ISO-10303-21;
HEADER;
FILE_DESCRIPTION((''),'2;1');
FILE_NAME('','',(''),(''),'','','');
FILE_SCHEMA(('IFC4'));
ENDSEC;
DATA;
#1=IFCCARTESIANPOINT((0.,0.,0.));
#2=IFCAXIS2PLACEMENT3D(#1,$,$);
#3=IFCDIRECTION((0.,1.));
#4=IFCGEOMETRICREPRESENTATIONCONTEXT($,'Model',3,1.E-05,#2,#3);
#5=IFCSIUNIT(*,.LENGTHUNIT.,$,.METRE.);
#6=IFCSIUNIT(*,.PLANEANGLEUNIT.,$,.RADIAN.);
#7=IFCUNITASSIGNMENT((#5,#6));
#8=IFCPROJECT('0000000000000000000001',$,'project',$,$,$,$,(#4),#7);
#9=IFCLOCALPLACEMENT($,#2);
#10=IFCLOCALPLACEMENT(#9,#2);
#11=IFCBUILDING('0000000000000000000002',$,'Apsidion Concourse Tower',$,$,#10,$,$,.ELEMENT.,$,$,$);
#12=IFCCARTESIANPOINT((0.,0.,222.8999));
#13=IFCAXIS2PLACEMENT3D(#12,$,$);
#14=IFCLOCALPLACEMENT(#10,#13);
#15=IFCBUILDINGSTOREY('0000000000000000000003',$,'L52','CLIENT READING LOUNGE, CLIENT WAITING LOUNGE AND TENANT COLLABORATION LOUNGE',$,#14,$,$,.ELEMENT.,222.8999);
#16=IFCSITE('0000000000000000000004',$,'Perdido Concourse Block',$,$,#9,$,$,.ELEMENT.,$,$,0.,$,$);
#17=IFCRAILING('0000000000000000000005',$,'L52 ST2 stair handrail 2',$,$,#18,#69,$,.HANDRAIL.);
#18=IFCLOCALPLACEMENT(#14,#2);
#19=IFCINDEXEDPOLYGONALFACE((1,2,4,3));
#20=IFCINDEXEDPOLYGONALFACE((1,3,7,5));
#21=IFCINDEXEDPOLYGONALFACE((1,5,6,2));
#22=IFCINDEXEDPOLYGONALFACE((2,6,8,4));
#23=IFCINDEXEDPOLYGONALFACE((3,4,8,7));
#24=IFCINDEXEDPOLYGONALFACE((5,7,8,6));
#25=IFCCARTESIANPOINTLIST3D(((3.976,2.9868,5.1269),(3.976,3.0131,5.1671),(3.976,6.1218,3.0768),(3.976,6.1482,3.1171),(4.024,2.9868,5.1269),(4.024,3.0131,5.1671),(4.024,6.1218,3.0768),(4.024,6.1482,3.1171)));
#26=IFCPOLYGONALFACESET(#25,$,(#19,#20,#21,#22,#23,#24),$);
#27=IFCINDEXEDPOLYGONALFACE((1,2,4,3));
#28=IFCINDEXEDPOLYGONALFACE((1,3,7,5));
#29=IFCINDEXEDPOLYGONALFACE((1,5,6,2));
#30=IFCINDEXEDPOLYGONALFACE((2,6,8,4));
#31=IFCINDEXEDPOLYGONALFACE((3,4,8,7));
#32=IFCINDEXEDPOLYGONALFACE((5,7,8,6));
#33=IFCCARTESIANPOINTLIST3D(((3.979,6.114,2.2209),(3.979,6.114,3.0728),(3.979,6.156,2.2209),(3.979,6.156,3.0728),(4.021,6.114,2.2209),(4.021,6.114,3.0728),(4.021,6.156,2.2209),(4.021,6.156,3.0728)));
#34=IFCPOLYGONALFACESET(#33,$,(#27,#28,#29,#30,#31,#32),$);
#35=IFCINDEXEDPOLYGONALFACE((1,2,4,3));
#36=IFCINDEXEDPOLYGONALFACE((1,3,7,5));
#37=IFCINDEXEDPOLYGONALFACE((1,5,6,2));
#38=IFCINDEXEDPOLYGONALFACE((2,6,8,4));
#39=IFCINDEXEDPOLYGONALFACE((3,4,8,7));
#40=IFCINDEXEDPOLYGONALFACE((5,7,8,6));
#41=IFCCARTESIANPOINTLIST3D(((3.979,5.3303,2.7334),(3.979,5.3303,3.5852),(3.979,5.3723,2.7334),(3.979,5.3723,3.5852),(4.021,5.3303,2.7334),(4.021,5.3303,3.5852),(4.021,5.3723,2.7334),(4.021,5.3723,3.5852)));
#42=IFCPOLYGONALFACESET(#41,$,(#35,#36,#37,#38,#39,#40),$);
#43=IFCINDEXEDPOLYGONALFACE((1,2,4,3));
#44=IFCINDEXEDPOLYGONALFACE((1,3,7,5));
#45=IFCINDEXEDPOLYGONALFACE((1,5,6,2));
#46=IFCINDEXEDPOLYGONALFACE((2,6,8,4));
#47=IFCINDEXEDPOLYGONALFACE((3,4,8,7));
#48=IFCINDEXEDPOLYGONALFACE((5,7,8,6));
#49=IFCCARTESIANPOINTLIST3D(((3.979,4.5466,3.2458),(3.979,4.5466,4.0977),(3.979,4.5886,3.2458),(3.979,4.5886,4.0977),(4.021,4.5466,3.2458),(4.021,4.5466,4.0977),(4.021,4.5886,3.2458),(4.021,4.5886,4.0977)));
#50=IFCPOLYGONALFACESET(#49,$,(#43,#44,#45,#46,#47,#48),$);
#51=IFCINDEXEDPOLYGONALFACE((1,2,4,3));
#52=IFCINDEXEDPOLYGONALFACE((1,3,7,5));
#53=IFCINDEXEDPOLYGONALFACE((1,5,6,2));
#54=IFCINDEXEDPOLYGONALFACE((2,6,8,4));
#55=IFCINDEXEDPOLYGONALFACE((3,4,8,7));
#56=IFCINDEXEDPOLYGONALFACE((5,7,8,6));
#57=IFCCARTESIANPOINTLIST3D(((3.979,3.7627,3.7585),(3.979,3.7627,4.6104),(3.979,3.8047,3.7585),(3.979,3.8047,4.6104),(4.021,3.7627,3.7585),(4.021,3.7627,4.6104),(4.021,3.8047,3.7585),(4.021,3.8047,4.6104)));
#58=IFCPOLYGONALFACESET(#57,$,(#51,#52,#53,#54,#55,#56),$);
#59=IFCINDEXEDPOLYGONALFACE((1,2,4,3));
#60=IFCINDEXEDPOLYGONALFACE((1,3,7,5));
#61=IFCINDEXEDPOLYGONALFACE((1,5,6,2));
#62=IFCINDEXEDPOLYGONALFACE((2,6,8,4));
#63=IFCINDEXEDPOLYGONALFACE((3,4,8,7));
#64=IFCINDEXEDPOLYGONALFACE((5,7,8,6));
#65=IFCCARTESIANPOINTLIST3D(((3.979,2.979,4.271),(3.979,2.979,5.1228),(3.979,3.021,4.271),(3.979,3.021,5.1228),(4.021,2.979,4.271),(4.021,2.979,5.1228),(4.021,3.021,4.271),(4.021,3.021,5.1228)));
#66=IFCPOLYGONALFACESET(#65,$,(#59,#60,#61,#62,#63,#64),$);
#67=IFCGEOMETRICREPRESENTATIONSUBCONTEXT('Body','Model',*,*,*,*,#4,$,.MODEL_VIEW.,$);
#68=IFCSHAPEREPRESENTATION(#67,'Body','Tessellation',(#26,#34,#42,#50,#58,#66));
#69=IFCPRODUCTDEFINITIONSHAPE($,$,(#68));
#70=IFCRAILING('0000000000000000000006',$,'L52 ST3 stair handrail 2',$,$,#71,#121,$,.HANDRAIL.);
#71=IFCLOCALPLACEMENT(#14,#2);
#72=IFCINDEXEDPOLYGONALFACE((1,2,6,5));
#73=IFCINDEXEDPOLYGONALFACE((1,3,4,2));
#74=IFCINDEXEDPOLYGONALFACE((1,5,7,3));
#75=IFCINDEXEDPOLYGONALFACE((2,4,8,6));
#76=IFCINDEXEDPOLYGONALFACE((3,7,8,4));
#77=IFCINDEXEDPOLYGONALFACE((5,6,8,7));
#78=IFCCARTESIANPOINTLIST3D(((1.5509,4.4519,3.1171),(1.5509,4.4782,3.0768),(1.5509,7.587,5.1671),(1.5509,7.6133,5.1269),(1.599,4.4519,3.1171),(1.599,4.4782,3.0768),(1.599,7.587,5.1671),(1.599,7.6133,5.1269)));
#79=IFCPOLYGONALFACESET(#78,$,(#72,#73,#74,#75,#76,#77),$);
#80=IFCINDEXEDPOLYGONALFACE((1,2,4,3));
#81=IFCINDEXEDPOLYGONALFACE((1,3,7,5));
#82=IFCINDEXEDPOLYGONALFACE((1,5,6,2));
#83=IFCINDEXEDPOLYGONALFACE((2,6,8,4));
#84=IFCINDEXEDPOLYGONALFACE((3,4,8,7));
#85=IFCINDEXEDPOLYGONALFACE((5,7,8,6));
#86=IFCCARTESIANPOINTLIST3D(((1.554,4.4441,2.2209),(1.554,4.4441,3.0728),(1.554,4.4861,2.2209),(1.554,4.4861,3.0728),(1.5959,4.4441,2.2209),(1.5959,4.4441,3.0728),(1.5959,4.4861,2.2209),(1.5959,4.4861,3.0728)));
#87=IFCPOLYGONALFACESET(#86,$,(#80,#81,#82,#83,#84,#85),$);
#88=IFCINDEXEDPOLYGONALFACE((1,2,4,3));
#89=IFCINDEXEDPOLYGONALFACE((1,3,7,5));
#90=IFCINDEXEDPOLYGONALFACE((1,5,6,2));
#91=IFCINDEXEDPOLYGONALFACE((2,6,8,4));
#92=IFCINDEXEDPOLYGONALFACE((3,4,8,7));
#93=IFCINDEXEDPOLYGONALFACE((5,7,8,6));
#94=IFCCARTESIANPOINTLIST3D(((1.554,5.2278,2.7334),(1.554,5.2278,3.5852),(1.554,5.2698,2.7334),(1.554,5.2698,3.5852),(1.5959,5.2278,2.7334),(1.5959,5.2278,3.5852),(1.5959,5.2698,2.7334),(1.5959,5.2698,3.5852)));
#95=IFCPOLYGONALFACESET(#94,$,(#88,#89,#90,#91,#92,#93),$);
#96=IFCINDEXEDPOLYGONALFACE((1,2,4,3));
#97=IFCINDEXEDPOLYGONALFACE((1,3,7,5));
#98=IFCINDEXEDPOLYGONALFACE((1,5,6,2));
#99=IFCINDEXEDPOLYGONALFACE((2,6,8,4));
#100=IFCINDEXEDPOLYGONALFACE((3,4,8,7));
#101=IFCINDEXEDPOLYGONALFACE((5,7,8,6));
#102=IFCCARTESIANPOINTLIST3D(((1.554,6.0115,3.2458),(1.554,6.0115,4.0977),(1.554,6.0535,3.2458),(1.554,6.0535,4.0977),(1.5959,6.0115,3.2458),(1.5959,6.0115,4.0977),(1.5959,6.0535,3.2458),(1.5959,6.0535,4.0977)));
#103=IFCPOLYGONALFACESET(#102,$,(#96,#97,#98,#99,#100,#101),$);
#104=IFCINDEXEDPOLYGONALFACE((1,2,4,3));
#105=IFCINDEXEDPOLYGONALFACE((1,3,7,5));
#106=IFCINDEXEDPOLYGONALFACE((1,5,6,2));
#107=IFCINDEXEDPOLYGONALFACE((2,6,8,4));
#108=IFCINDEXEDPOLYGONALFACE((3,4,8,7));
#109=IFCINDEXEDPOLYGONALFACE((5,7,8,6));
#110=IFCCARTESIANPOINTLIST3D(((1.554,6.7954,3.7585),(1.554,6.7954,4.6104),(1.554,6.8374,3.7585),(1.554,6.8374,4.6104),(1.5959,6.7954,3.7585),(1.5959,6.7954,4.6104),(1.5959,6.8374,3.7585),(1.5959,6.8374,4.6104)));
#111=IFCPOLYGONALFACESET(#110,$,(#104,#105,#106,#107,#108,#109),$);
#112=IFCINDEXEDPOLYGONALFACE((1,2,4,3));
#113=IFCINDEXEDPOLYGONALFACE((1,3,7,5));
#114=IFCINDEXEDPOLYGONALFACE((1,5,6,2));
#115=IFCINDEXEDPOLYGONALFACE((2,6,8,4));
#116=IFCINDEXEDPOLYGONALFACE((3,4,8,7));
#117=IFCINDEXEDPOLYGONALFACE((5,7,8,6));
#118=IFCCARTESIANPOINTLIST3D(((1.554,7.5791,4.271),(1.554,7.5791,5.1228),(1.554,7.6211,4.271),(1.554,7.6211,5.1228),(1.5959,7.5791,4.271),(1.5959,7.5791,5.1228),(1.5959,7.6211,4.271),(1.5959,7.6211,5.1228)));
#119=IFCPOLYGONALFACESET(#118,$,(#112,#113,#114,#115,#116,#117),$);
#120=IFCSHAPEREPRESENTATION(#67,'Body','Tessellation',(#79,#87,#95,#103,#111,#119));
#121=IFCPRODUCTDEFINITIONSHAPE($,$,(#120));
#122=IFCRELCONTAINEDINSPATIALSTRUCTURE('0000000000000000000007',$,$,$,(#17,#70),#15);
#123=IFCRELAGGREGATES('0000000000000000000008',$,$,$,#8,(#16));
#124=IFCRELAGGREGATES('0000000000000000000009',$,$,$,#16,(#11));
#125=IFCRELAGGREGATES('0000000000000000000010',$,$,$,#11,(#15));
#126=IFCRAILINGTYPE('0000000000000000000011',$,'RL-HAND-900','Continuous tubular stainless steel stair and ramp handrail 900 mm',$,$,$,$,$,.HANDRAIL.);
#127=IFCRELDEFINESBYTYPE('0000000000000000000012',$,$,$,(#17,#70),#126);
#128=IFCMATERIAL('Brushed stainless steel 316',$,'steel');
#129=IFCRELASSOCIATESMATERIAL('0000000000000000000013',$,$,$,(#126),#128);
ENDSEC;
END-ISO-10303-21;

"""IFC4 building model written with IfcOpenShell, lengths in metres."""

from ifc_helpers import new_model, si_unit, direction, frame, origin, origin_2d, place, context, subcontext, project, spatial, rectangle, extrude, material, type_object, element, save


model = new_model("IFC4")

# Units and contexts
model_context = context("Model", 3, precision=1e-05, world=origin(), true_north=direction((0.0, 1.0)))
body_context = subcontext(model_context, "Body", "Model", "MODEL_VIEW")
ifc_project = project(units=[si_unit("LENGTHUNIT", "METRE"), si_unit("PLANEANGLEUNIT", "RADIAN")], contexts=[model_context])

# Site, building, storey
site_placement = place(None, origin())
site = spatial("IfcSite", under=ifc_project, at=site_placement, Name="Perdido Concourse Block", CompositionType="ELEMENT", RefElevation=0.0)
building_placement = place(site_placement, origin())
building = spatial("IfcBuilding", under=site, at=building_placement, Name="Apsidion Concourse Tower", CompositionType="ELEMENT")
storey_placement = place(building_placement, frame((0.0, 0.0, 222.8999)))
storey = spatial("IfcBuildingStorey", under=building, at=storey_placement, Name="L52", Description="CLIENT READING LOUNGE, CLIENT WAITING LOUNGE AND TENANT COLLABORATION LOUNGE", CompositionType="ELEMENT", Elevation=222.8999)

# Railings
ifc_material_1 = material(Name="Brushed stainless steel 316", Category="steel")
railing_type_1 = type_object("IfcRailingType", Name="RL-HAND-900", Description="Continuous tubular stainless steel stair and ramp handrail 900 mm", PredefinedType="HANDRAIL", material=ifc_material_1)
railing_1_placement = place(storey_placement, frame((4.0, 6.135, 2.2209)))
element("IfcRailing", 1, at=railing_1_placement, inside=storey, type_object=railing_type_1, Name="L52 ST2 stair handrail 2", PredefinedType="HANDRAIL", context=body_context, shape_type="SweptSolid", body=[
    extrude(rectangle(XDim=0.0481, YDim=0.0481, at=origin_2d()), frame((0.0, 0.0, 0.876), z_axis=(0.0, -0.836941, 0.547293), x_axis=(1.0, 0.0, 0.0)), (0.0, 0.0, 1.0), 3.7458),
    extrude(rectangle(XDim=0.042, YDim=0.042, at=origin_2d()), origin(), (0.0, 0.0, 1.0), 0.8518),
    extrude(rectangle(XDim=0.042, YDim=0.042, at=origin_2d()), frame((0.0, -0.7837, 0.5125)), (0.0, 0.0, 1.0), 0.8518),
    extrude(rectangle(XDim=0.042, YDim=0.042, at=origin_2d()), frame((0.0, -1.5674, 1.0249)), (0.0, 0.0, 1.0), 0.8518),
    extrude(rectangle(XDim=0.042, YDim=0.042, at=origin_2d()), frame((0.0, -2.3513, 1.5376)), (0.0, 0.0, 1.0), 0.8518),
    extrude(rectangle(XDim=0.042, YDim=0.042, at=origin_2d()), frame((0.0, -3.135, 2.05)), (0.0, 0.0, 1.0), 0.8518),
])
railing_2_placement = place(storey_placement, frame((1.575, 4.4651, 2.2209)))
element("IfcRailing", 2, at=railing_2_placement, inside=storey, type_object=railing_type_1, Name="L52 ST3 stair handrail 2", PredefinedType="HANDRAIL", context=body_context, shape_type="SweptSolid", body=[
    extrude(rectangle(XDim=0.0481, YDim=0.0481, at=origin_2d()), frame((0.0, 0.0, 0.876), z_axis=(0.0, 0.836941, 0.547293), x_axis=(-1.0, 0.0, 0.0)), (0.0, 0.0, 1.0), 3.7458),
    extrude(rectangle(XDim=0.042, YDim=0.042, at=origin_2d()), origin(), (0.0, 0.0, 1.0), 0.8518),
    extrude(rectangle(XDim=0.042, YDim=0.042, at=origin_2d()), frame((0.0, 0.7837, 0.5125)), (0.0, 0.0, 1.0), 0.8518),
    extrude(rectangle(XDim=0.042, YDim=0.042, at=origin_2d()), frame((0.0, 1.5674, 1.0249)), (0.0, 0.0, 1.0), 0.8518),
    extrude(rectangle(XDim=0.042, YDim=0.042, at=origin_2d()), frame((0.0, 2.3513, 1.5376)), (0.0, 0.0, 1.0), 0.8518),
    extrude(rectangle(XDim=0.042, YDim=0.042, at=origin_2d()), frame((0.0, 3.135, 2.05)), (0.0, 0.0, 1.0), 0.8518),
])

save(model, "model.ifc")
